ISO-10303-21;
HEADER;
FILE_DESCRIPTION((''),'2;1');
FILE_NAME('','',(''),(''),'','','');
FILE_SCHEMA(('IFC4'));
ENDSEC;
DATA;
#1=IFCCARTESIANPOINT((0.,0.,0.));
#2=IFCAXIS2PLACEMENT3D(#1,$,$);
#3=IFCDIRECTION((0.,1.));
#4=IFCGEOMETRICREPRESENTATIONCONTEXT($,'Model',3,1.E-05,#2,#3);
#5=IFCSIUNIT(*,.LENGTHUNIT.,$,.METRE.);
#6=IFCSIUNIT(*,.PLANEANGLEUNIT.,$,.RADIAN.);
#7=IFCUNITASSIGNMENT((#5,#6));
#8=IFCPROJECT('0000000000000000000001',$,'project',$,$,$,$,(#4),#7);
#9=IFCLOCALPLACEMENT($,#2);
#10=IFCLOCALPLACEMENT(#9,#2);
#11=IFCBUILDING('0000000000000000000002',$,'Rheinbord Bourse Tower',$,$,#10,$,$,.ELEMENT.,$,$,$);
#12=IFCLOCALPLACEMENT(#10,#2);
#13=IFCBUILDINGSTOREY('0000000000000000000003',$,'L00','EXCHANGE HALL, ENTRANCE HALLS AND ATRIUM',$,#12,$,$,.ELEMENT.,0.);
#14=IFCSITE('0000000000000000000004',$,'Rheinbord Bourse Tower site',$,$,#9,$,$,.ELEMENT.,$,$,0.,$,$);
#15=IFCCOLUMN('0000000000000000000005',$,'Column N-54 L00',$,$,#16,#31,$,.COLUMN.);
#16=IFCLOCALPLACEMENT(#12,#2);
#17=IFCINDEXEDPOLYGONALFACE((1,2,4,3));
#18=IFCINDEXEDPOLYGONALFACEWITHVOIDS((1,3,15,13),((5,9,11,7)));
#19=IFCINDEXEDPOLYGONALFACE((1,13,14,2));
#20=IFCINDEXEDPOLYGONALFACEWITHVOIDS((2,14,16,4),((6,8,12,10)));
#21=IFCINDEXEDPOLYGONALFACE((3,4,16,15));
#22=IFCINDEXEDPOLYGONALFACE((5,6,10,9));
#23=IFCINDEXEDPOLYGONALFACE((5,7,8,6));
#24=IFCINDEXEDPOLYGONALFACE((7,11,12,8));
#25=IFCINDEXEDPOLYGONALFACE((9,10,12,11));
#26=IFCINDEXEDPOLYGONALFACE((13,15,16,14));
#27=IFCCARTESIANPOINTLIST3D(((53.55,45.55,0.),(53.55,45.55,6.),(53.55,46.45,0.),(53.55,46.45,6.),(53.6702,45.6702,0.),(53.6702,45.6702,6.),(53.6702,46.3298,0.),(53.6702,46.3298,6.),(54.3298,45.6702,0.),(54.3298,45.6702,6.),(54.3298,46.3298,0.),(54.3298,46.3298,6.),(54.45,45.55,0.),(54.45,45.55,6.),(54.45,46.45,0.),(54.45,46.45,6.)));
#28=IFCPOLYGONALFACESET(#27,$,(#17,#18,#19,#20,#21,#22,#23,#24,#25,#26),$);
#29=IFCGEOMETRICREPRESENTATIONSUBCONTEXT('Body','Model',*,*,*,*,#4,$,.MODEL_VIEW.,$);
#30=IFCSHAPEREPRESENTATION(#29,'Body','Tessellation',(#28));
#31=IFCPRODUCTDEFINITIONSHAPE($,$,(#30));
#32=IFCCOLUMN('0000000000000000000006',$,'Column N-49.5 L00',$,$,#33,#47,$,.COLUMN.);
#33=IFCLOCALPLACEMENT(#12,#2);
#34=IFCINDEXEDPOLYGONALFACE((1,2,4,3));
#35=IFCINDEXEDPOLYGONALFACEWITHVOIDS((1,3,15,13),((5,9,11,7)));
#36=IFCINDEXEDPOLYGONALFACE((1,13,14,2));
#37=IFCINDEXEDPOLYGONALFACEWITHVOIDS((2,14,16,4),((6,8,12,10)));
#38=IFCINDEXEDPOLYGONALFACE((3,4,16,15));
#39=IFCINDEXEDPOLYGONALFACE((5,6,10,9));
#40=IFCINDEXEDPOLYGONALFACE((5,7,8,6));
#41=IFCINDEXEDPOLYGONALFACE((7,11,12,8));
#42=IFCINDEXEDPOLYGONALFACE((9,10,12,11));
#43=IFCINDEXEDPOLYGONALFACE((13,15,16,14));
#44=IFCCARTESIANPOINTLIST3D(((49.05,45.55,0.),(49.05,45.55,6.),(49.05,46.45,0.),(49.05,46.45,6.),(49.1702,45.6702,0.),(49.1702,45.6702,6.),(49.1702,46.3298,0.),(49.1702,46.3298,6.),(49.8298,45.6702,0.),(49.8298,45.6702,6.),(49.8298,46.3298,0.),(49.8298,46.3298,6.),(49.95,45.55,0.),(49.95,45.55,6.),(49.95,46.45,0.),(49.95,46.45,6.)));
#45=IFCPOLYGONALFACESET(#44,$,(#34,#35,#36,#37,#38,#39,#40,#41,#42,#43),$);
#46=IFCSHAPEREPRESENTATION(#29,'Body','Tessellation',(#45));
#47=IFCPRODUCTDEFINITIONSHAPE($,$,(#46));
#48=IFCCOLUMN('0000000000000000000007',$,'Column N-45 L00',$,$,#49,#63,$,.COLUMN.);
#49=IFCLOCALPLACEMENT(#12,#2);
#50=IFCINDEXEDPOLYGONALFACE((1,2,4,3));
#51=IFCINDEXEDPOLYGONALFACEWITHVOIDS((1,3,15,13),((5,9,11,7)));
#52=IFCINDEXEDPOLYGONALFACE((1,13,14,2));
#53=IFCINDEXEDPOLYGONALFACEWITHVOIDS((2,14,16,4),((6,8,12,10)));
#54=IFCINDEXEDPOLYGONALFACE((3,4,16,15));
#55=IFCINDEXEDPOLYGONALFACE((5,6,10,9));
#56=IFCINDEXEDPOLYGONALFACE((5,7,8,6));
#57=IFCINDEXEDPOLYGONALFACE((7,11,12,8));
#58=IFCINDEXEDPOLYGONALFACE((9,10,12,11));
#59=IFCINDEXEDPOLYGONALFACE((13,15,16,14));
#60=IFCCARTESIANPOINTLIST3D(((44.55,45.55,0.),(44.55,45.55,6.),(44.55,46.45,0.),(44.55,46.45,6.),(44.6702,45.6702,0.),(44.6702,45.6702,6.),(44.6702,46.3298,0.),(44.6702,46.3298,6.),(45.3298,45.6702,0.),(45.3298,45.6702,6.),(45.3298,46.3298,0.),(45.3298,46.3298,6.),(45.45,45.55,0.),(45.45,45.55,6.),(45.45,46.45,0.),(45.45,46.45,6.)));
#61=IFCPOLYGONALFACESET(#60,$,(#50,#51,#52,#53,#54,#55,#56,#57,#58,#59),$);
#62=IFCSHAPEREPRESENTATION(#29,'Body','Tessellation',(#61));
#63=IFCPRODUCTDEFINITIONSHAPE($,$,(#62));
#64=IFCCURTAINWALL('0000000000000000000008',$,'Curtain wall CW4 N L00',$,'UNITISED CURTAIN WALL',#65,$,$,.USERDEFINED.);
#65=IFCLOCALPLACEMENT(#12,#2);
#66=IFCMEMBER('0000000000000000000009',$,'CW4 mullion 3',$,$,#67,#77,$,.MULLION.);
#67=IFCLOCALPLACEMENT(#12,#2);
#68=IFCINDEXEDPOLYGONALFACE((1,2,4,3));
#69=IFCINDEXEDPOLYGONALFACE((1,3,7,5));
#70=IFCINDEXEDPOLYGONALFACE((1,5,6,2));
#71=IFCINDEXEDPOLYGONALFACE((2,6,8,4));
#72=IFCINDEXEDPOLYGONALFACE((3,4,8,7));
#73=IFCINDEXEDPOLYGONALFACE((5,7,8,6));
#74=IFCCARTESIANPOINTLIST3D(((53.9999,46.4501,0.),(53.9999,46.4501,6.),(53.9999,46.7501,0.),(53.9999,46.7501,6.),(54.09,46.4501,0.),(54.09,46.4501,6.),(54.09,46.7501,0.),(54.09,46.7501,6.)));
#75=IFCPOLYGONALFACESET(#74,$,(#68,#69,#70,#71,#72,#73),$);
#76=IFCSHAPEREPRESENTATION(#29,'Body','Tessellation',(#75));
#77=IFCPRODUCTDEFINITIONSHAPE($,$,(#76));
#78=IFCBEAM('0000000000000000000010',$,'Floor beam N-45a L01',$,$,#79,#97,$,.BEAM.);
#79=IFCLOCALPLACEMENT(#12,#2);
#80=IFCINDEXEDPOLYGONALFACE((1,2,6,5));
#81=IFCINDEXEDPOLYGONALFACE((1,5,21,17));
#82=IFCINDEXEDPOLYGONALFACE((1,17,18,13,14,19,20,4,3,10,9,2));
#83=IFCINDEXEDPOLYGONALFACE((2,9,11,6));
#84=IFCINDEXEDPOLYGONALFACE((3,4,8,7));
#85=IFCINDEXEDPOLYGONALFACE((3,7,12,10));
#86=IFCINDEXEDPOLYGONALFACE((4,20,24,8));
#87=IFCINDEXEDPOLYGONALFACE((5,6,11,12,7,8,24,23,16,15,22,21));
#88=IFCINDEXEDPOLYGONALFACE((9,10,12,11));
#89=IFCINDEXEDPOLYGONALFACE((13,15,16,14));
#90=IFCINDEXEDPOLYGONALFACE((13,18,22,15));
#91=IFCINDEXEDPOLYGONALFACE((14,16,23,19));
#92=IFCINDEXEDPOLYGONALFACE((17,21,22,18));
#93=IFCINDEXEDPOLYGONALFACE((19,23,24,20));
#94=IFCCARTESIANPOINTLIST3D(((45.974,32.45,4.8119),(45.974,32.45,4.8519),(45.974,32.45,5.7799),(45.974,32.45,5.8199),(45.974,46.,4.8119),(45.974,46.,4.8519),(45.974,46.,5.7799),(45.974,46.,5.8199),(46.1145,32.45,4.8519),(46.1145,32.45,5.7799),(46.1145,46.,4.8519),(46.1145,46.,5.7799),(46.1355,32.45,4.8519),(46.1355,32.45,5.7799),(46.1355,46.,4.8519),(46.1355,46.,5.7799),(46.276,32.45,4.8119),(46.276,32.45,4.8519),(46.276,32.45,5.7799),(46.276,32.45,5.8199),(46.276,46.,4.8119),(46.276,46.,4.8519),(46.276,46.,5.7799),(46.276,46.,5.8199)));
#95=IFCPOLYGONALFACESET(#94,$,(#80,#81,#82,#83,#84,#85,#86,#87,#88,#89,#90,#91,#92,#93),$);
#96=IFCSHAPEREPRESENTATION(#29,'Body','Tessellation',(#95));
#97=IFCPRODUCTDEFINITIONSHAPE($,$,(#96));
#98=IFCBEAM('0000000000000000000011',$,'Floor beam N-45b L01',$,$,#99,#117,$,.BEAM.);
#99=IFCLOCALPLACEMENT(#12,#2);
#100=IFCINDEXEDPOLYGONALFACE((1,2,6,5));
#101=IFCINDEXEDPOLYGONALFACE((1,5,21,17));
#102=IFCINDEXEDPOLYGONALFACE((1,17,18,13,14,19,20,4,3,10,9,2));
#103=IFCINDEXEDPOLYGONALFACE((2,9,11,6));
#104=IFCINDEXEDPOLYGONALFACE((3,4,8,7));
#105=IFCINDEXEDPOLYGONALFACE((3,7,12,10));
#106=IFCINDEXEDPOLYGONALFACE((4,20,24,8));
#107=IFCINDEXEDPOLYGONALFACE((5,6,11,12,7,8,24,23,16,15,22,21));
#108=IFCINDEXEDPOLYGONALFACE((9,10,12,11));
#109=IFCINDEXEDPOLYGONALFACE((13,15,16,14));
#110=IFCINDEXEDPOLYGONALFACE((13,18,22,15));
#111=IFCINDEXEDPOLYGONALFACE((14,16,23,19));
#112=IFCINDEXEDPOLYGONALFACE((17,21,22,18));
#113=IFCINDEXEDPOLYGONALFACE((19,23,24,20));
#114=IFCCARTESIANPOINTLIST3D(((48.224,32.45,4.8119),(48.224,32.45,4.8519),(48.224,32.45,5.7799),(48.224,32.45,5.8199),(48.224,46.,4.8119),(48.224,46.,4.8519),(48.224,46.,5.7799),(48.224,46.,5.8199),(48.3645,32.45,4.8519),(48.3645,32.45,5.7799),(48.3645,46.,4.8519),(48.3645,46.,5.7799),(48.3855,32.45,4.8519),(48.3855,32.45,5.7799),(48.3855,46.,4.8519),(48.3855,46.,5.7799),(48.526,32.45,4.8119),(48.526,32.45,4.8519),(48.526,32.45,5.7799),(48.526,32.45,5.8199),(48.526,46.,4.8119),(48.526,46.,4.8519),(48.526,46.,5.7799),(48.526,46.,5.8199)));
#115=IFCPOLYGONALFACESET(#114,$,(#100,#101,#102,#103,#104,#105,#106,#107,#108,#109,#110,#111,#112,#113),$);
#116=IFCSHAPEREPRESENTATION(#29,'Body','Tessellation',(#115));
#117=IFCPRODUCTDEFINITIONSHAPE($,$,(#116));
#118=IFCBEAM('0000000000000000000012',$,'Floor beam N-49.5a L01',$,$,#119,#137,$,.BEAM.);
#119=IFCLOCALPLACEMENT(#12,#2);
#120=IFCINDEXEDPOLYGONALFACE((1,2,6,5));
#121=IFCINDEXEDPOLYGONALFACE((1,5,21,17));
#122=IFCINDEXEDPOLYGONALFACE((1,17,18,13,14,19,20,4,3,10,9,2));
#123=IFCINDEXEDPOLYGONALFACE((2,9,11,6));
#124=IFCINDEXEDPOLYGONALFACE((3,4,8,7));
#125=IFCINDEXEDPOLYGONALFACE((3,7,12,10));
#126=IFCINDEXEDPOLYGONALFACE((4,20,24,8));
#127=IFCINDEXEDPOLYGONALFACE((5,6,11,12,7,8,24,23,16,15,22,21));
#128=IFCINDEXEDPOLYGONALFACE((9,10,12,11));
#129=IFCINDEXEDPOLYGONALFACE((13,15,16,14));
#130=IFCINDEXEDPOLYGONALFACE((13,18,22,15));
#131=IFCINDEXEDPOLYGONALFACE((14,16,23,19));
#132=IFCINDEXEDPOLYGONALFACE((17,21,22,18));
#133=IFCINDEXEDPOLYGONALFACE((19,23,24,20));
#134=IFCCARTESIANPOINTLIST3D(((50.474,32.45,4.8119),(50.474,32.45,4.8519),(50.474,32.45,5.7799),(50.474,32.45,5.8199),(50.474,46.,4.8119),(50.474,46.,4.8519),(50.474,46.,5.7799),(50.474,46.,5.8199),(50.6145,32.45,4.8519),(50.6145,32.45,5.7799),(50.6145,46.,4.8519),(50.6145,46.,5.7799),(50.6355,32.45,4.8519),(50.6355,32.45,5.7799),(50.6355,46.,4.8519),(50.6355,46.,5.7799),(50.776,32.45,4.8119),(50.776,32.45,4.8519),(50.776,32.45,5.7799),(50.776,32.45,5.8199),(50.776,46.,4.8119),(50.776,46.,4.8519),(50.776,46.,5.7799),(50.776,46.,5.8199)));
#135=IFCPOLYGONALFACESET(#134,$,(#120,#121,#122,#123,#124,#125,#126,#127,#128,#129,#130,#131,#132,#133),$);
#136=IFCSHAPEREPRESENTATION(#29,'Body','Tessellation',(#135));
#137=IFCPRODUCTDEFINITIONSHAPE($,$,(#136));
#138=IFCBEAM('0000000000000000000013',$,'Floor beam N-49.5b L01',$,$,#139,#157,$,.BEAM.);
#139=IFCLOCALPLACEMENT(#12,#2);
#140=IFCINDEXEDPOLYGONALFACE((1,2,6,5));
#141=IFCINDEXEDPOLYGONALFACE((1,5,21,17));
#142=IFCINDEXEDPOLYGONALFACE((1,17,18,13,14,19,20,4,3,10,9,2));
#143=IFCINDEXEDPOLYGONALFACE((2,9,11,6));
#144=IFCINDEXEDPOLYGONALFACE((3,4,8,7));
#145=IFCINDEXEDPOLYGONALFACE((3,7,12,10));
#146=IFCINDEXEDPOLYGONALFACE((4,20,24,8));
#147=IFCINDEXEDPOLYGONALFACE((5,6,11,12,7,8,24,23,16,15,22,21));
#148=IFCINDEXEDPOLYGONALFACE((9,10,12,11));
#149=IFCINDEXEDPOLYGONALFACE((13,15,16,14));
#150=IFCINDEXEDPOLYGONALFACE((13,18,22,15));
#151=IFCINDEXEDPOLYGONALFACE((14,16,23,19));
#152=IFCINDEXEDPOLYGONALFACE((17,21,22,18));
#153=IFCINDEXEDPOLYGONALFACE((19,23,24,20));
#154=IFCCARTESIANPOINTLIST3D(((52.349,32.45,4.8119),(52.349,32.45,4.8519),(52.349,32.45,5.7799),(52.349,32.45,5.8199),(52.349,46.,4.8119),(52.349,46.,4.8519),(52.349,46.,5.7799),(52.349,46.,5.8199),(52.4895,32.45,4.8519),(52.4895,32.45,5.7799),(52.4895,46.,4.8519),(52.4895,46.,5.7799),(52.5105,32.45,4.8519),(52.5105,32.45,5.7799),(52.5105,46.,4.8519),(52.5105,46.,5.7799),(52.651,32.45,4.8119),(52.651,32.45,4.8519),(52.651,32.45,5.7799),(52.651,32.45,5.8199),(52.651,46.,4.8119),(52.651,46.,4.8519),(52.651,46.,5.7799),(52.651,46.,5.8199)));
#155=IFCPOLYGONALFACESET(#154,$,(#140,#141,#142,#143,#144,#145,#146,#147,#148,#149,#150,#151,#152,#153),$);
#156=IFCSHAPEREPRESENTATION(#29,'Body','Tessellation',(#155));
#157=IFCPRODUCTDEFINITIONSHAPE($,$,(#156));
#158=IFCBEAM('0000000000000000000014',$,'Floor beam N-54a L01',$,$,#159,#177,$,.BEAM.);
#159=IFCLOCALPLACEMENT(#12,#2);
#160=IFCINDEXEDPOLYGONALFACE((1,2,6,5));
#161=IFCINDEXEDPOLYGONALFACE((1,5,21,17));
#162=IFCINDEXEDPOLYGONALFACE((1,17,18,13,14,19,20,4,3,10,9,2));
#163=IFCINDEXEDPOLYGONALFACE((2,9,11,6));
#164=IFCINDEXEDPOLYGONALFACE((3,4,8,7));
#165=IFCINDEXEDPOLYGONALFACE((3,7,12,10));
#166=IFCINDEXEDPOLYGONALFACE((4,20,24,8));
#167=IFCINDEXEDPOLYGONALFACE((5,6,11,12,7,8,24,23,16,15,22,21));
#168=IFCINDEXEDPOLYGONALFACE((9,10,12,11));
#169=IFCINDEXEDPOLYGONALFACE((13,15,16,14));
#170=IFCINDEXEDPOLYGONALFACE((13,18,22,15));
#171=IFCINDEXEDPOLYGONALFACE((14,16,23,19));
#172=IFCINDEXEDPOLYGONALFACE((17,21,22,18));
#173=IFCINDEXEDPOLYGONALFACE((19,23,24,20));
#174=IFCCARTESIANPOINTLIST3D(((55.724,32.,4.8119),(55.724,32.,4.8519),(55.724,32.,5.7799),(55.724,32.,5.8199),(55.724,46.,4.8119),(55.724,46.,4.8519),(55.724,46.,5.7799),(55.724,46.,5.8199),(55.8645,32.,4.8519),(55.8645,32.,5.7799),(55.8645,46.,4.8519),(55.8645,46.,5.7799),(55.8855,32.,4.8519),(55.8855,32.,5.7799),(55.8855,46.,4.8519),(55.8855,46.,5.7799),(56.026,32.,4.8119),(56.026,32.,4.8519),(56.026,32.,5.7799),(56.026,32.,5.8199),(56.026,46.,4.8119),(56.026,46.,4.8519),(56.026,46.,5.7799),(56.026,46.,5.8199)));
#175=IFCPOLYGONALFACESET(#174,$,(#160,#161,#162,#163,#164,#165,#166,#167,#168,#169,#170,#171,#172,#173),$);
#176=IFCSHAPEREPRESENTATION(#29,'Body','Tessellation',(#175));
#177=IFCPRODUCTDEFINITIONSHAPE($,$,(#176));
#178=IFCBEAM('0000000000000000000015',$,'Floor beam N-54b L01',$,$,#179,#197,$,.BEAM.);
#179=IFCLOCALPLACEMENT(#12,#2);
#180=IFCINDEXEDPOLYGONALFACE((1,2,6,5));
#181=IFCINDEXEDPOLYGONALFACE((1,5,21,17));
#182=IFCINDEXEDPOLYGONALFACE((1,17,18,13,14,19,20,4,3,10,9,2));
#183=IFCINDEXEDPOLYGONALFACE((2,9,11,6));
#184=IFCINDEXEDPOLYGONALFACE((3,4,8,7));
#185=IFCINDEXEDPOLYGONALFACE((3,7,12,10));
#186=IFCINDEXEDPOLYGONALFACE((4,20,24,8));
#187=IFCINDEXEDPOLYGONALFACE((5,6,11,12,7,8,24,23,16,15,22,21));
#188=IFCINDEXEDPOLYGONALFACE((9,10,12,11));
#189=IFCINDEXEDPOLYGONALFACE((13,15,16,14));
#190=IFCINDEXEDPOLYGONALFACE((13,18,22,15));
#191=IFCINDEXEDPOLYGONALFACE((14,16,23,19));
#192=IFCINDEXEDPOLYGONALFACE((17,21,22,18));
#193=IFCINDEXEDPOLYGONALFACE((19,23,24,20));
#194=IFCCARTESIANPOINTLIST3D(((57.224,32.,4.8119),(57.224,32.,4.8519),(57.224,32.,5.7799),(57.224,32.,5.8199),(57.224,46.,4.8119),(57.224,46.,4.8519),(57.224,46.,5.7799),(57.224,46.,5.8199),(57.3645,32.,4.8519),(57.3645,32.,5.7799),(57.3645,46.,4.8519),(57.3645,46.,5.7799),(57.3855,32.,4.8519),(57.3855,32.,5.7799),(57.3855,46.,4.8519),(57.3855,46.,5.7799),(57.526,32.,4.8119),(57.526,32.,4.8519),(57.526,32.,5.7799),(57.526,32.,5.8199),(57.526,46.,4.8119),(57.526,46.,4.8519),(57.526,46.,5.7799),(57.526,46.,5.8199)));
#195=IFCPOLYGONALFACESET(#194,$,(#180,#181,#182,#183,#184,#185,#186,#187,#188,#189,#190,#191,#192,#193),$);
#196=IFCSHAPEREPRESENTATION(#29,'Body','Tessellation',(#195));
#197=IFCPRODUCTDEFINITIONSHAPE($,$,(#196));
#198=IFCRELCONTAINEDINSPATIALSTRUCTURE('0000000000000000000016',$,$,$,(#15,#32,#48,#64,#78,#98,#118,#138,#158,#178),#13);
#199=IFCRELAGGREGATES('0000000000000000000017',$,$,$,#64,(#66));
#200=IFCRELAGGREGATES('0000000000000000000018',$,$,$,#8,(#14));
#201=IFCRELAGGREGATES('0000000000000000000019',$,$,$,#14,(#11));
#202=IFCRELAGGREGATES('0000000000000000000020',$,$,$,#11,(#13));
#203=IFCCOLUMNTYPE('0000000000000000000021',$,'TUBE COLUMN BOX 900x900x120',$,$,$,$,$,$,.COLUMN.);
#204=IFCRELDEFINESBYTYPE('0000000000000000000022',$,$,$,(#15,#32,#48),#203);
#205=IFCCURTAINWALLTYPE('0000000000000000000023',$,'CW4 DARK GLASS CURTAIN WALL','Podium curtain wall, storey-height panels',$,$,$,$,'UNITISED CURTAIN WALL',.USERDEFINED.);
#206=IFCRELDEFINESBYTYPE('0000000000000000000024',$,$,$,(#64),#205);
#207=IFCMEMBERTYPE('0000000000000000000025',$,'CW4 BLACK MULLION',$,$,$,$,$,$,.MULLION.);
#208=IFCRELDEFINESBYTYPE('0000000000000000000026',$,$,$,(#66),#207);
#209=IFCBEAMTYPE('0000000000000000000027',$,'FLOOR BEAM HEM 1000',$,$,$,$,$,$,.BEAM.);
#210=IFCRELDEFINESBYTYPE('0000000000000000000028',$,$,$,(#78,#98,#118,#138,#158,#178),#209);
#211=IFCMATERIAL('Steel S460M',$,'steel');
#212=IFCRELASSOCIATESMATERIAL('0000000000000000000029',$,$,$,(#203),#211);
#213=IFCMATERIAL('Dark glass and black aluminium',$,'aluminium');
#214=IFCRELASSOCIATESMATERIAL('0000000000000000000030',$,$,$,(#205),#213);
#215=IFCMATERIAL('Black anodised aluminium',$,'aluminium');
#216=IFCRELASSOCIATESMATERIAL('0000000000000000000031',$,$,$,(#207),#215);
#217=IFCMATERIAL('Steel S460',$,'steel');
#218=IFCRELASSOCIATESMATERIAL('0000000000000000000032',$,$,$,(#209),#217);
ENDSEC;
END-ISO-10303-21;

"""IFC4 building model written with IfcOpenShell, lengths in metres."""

from ifc_helpers import new_model, si_unit, direction, frame, origin, origin_2d, place, context, subcontext, project, spatial, rectangle, hollow_rectangle, i_section, extrude, material, material_profile, profile_set, type_object, element, aggregate, save


model = new_model("IFC4")

# Units and contexts
model_context = context("Model", 3, precision=1e-05, world=origin(), true_north=direction((0.0, 1.0)))
body_context = subcontext(model_context, "Body", "Model", "MODEL_VIEW")
ifc_project = project(units=[si_unit("LENGTHUNIT", "METRE"), si_unit("PLANEANGLEUNIT", "RADIAN")], contexts=[model_context])

# Site, building, storey
site_placement = place(None, origin())
site = spatial("IfcSite", under=ifc_project, at=site_placement, Name="Rheinbord Bourse Tower site", CompositionType="ELEMENT", RefElevation=0.0)
building_placement = place(site_placement, origin())
building = spatial("IfcBuilding", under=site, at=building_placement, Name="Rheinbord Bourse Tower", CompositionType="ELEMENT")
storey_placement = place(building_placement, origin())
storey = spatial("IfcBuildingStorey", under=building, at=storey_placement, Name="L00", Description="EXCHANGE HALL, ENTRANCE HALLS AND ATRIUM", CompositionType="ELEMENT", Elevation=0.0)

# Columns
ifc_material_1 = material(Name="Steel S460M", Category="steel")
ifc_material_profile_1 = material_profile(ifc_material_1, hollow_rectangle(XDim=0.8999, YDim=0.8999, WallThickness=0.1201, at=origin_2d()), Name="BOX 900x900x120")
ifc_profile_set_1 = profile_set([ifc_material_profile_1], Name="Steel S460M")
column_type = type_object("IfcColumnType", Name="TUBE COLUMN BOX 900x900x120", PredefinedType="COLUMN", material=ifc_profile_set_1)
for number, where, z_axis, x_axis, name in (
    (1, (54.0, 46.0, 0.0), (0.0, 0.0, 1.0), (0.0, 1.0, 0.0), "Column N-54 L00"),
    (2, (49.5, 46.0, 0.0), (0.0, 0.0, 1.0), (0.0, 1.0, 0.0), "Column N-49.5 L00"),
    (3, (45.0, 46.0, 0.0), (0.0, 0.0, 1.0), (0.0, 1.0, 0.0), "Column N-45 L00"),
):
    element("IfcColumn", number, at=place(storey_placement, frame(where, z_axis=z_axis, x_axis=x_axis)), inside=storey, type_object=column_type, Name=name, PredefinedType="COLUMN", context=body_context, shape_type="SweptSolid", body=[
        extrude(hollow_rectangle(XDim=0.8999, YDim=0.8999, WallThickness=0.1201, at=origin_2d()), origin(), (0.0, 0.0, 1.0), 6.0),
    ])

# Curtain wall, member
ifc_material_2 = material(Name="Dark glass and black aluminium", Category="aluminium")
curtain_wall_type = type_object("IfcCurtainWallType", Name="CW4 DARK GLASS CURTAIN WALL", Description="Podium curtain wall, storey-height panels", ElementType="UNITISED CURTAIN WALL", PredefinedType="USERDEFINED", material=ifc_material_2)
curtain_wall_placement = place(storey_placement, origin())
curtain_wall = element("IfcCurtainWall", 4, at=curtain_wall_placement, inside=storey, type_object=curtain_wall_type, Name="Curtain wall CW4 N L00", ObjectType="UNITISED CURTAIN WALL", PredefinedType="USERDEFINED")
ifc_material_3 = material(Name="Black anodised aluminium", Category="aluminium")
ifc_material_profile_2 = material_profile(ifc_material_3, rectangle(XDim=0.3, YDim=0.0901, at=origin_2d()), Name="CW4 MULLION 90x300")
ifc_profile_set_2 = profile_set([ifc_material_profile_2], Name="Black anodised aluminium")
member_type = type_object("IfcMemberType", Name="CW4 BLACK MULLION", PredefinedType="MULLION", material=ifc_profile_set_2)
member_placement = place(storey_placement, frame((54.0449, 46.6001, 0.0), z_axis=(0.0, 0.0, 1.0), x_axis=(0.0, -1.0, 0.0)))
member = element("IfcMember", 5, at=member_placement, type_object=member_type, Name="CW4 mullion 3", PredefinedType="MULLION", context=body_context, shape_type="SweptSolid", body=[
    extrude(rectangle(XDim=0.3, YDim=0.0901, at=origin_2d()), origin(), (0.0, 0.0, 1.0), 6.0),
])

# Beams
ifc_material_4 = material(Name="Steel S460", Category="steel")
ifc_material_profile_3 = material_profile(ifc_material_4, i_section(OverallWidth=0.302, OverallDepth=1.0081, WebThickness=0.021, FlangeThickness=0.04, at=origin_2d()), Name="HEM 1000")
ifc_profile_set_3 = profile_set([ifc_material_profile_3], Name="Steel S460")
beam_type_1 = type_object("IfcBeamType", Name="FLOOR BEAM HEM 1000", PredefinedType="BEAM", material=ifc_profile_set_3)
for number, where, z_axis, x_axis, name in (
    (6, (46.125, 46.0, 5.3159), (0.0, -1.0, 0.0), (1.0, 0.0, 0.0), "Floor beam N-45a L01"),
    (7, (48.375, 46.0, 5.3159), (0.0, -1.0, 0.0), (1.0, 0.0, 0.0), "Floor beam N-45b L01"),
    (8, (50.625, 46.0, 5.3159), (0.0, -1.0, 0.0), (1.0, 0.0, 0.0), "Floor beam N-49.5a L01"),
    (9, (52.5, 46.0, 5.3159), (0.0, -1.0, 0.0), (1.0, 0.0, 0.0), "Floor beam N-49.5b L01"),
):
    element("IfcBeam", number, at=place(storey_placement, frame(where, z_axis=z_axis, x_axis=x_axis)), inside=storey, type_object=beam_type_1, Name=name, PredefinedType="BEAM", context=body_context, shape_type="SweptSolid", body=[
        extrude(i_section(OverallWidth=0.302, OverallDepth=1.0081, WebThickness=0.021, FlangeThickness=0.04, at=origin_2d()), origin(), (0.0, 0.0, 1.0), 13.55),
    ])
for number, where, z_axis, x_axis, name in (
    (10, (55.875, 46.0, 5.3159), (0.0, -1.0, 0.0), (1.0, 0.0, 0.0), "Floor beam N-54a L01"),
    (11, (57.375, 46.0, 5.3159), (0.0, -1.0, 0.0), (1.0, 0.0, 0.0), "Floor beam N-54b L01"),
):
    element("IfcBeam", number, at=place(storey_placement, frame(where, z_axis=z_axis, x_axis=x_axis)), inside=storey, type_object=beam_type_1, Name=name, PredefinedType="BEAM", context=body_context, shape_type="SweptSolid", body=[
        extrude(i_section(OverallWidth=0.302, OverallDepth=1.0081, WebThickness=0.021, FlangeThickness=0.04, at=origin_2d()), origin(), (0.0, 0.0, 1.0), 14.0),
    ])

aggregate(curtain_wall, [member])

save(model, "model.ifc")
